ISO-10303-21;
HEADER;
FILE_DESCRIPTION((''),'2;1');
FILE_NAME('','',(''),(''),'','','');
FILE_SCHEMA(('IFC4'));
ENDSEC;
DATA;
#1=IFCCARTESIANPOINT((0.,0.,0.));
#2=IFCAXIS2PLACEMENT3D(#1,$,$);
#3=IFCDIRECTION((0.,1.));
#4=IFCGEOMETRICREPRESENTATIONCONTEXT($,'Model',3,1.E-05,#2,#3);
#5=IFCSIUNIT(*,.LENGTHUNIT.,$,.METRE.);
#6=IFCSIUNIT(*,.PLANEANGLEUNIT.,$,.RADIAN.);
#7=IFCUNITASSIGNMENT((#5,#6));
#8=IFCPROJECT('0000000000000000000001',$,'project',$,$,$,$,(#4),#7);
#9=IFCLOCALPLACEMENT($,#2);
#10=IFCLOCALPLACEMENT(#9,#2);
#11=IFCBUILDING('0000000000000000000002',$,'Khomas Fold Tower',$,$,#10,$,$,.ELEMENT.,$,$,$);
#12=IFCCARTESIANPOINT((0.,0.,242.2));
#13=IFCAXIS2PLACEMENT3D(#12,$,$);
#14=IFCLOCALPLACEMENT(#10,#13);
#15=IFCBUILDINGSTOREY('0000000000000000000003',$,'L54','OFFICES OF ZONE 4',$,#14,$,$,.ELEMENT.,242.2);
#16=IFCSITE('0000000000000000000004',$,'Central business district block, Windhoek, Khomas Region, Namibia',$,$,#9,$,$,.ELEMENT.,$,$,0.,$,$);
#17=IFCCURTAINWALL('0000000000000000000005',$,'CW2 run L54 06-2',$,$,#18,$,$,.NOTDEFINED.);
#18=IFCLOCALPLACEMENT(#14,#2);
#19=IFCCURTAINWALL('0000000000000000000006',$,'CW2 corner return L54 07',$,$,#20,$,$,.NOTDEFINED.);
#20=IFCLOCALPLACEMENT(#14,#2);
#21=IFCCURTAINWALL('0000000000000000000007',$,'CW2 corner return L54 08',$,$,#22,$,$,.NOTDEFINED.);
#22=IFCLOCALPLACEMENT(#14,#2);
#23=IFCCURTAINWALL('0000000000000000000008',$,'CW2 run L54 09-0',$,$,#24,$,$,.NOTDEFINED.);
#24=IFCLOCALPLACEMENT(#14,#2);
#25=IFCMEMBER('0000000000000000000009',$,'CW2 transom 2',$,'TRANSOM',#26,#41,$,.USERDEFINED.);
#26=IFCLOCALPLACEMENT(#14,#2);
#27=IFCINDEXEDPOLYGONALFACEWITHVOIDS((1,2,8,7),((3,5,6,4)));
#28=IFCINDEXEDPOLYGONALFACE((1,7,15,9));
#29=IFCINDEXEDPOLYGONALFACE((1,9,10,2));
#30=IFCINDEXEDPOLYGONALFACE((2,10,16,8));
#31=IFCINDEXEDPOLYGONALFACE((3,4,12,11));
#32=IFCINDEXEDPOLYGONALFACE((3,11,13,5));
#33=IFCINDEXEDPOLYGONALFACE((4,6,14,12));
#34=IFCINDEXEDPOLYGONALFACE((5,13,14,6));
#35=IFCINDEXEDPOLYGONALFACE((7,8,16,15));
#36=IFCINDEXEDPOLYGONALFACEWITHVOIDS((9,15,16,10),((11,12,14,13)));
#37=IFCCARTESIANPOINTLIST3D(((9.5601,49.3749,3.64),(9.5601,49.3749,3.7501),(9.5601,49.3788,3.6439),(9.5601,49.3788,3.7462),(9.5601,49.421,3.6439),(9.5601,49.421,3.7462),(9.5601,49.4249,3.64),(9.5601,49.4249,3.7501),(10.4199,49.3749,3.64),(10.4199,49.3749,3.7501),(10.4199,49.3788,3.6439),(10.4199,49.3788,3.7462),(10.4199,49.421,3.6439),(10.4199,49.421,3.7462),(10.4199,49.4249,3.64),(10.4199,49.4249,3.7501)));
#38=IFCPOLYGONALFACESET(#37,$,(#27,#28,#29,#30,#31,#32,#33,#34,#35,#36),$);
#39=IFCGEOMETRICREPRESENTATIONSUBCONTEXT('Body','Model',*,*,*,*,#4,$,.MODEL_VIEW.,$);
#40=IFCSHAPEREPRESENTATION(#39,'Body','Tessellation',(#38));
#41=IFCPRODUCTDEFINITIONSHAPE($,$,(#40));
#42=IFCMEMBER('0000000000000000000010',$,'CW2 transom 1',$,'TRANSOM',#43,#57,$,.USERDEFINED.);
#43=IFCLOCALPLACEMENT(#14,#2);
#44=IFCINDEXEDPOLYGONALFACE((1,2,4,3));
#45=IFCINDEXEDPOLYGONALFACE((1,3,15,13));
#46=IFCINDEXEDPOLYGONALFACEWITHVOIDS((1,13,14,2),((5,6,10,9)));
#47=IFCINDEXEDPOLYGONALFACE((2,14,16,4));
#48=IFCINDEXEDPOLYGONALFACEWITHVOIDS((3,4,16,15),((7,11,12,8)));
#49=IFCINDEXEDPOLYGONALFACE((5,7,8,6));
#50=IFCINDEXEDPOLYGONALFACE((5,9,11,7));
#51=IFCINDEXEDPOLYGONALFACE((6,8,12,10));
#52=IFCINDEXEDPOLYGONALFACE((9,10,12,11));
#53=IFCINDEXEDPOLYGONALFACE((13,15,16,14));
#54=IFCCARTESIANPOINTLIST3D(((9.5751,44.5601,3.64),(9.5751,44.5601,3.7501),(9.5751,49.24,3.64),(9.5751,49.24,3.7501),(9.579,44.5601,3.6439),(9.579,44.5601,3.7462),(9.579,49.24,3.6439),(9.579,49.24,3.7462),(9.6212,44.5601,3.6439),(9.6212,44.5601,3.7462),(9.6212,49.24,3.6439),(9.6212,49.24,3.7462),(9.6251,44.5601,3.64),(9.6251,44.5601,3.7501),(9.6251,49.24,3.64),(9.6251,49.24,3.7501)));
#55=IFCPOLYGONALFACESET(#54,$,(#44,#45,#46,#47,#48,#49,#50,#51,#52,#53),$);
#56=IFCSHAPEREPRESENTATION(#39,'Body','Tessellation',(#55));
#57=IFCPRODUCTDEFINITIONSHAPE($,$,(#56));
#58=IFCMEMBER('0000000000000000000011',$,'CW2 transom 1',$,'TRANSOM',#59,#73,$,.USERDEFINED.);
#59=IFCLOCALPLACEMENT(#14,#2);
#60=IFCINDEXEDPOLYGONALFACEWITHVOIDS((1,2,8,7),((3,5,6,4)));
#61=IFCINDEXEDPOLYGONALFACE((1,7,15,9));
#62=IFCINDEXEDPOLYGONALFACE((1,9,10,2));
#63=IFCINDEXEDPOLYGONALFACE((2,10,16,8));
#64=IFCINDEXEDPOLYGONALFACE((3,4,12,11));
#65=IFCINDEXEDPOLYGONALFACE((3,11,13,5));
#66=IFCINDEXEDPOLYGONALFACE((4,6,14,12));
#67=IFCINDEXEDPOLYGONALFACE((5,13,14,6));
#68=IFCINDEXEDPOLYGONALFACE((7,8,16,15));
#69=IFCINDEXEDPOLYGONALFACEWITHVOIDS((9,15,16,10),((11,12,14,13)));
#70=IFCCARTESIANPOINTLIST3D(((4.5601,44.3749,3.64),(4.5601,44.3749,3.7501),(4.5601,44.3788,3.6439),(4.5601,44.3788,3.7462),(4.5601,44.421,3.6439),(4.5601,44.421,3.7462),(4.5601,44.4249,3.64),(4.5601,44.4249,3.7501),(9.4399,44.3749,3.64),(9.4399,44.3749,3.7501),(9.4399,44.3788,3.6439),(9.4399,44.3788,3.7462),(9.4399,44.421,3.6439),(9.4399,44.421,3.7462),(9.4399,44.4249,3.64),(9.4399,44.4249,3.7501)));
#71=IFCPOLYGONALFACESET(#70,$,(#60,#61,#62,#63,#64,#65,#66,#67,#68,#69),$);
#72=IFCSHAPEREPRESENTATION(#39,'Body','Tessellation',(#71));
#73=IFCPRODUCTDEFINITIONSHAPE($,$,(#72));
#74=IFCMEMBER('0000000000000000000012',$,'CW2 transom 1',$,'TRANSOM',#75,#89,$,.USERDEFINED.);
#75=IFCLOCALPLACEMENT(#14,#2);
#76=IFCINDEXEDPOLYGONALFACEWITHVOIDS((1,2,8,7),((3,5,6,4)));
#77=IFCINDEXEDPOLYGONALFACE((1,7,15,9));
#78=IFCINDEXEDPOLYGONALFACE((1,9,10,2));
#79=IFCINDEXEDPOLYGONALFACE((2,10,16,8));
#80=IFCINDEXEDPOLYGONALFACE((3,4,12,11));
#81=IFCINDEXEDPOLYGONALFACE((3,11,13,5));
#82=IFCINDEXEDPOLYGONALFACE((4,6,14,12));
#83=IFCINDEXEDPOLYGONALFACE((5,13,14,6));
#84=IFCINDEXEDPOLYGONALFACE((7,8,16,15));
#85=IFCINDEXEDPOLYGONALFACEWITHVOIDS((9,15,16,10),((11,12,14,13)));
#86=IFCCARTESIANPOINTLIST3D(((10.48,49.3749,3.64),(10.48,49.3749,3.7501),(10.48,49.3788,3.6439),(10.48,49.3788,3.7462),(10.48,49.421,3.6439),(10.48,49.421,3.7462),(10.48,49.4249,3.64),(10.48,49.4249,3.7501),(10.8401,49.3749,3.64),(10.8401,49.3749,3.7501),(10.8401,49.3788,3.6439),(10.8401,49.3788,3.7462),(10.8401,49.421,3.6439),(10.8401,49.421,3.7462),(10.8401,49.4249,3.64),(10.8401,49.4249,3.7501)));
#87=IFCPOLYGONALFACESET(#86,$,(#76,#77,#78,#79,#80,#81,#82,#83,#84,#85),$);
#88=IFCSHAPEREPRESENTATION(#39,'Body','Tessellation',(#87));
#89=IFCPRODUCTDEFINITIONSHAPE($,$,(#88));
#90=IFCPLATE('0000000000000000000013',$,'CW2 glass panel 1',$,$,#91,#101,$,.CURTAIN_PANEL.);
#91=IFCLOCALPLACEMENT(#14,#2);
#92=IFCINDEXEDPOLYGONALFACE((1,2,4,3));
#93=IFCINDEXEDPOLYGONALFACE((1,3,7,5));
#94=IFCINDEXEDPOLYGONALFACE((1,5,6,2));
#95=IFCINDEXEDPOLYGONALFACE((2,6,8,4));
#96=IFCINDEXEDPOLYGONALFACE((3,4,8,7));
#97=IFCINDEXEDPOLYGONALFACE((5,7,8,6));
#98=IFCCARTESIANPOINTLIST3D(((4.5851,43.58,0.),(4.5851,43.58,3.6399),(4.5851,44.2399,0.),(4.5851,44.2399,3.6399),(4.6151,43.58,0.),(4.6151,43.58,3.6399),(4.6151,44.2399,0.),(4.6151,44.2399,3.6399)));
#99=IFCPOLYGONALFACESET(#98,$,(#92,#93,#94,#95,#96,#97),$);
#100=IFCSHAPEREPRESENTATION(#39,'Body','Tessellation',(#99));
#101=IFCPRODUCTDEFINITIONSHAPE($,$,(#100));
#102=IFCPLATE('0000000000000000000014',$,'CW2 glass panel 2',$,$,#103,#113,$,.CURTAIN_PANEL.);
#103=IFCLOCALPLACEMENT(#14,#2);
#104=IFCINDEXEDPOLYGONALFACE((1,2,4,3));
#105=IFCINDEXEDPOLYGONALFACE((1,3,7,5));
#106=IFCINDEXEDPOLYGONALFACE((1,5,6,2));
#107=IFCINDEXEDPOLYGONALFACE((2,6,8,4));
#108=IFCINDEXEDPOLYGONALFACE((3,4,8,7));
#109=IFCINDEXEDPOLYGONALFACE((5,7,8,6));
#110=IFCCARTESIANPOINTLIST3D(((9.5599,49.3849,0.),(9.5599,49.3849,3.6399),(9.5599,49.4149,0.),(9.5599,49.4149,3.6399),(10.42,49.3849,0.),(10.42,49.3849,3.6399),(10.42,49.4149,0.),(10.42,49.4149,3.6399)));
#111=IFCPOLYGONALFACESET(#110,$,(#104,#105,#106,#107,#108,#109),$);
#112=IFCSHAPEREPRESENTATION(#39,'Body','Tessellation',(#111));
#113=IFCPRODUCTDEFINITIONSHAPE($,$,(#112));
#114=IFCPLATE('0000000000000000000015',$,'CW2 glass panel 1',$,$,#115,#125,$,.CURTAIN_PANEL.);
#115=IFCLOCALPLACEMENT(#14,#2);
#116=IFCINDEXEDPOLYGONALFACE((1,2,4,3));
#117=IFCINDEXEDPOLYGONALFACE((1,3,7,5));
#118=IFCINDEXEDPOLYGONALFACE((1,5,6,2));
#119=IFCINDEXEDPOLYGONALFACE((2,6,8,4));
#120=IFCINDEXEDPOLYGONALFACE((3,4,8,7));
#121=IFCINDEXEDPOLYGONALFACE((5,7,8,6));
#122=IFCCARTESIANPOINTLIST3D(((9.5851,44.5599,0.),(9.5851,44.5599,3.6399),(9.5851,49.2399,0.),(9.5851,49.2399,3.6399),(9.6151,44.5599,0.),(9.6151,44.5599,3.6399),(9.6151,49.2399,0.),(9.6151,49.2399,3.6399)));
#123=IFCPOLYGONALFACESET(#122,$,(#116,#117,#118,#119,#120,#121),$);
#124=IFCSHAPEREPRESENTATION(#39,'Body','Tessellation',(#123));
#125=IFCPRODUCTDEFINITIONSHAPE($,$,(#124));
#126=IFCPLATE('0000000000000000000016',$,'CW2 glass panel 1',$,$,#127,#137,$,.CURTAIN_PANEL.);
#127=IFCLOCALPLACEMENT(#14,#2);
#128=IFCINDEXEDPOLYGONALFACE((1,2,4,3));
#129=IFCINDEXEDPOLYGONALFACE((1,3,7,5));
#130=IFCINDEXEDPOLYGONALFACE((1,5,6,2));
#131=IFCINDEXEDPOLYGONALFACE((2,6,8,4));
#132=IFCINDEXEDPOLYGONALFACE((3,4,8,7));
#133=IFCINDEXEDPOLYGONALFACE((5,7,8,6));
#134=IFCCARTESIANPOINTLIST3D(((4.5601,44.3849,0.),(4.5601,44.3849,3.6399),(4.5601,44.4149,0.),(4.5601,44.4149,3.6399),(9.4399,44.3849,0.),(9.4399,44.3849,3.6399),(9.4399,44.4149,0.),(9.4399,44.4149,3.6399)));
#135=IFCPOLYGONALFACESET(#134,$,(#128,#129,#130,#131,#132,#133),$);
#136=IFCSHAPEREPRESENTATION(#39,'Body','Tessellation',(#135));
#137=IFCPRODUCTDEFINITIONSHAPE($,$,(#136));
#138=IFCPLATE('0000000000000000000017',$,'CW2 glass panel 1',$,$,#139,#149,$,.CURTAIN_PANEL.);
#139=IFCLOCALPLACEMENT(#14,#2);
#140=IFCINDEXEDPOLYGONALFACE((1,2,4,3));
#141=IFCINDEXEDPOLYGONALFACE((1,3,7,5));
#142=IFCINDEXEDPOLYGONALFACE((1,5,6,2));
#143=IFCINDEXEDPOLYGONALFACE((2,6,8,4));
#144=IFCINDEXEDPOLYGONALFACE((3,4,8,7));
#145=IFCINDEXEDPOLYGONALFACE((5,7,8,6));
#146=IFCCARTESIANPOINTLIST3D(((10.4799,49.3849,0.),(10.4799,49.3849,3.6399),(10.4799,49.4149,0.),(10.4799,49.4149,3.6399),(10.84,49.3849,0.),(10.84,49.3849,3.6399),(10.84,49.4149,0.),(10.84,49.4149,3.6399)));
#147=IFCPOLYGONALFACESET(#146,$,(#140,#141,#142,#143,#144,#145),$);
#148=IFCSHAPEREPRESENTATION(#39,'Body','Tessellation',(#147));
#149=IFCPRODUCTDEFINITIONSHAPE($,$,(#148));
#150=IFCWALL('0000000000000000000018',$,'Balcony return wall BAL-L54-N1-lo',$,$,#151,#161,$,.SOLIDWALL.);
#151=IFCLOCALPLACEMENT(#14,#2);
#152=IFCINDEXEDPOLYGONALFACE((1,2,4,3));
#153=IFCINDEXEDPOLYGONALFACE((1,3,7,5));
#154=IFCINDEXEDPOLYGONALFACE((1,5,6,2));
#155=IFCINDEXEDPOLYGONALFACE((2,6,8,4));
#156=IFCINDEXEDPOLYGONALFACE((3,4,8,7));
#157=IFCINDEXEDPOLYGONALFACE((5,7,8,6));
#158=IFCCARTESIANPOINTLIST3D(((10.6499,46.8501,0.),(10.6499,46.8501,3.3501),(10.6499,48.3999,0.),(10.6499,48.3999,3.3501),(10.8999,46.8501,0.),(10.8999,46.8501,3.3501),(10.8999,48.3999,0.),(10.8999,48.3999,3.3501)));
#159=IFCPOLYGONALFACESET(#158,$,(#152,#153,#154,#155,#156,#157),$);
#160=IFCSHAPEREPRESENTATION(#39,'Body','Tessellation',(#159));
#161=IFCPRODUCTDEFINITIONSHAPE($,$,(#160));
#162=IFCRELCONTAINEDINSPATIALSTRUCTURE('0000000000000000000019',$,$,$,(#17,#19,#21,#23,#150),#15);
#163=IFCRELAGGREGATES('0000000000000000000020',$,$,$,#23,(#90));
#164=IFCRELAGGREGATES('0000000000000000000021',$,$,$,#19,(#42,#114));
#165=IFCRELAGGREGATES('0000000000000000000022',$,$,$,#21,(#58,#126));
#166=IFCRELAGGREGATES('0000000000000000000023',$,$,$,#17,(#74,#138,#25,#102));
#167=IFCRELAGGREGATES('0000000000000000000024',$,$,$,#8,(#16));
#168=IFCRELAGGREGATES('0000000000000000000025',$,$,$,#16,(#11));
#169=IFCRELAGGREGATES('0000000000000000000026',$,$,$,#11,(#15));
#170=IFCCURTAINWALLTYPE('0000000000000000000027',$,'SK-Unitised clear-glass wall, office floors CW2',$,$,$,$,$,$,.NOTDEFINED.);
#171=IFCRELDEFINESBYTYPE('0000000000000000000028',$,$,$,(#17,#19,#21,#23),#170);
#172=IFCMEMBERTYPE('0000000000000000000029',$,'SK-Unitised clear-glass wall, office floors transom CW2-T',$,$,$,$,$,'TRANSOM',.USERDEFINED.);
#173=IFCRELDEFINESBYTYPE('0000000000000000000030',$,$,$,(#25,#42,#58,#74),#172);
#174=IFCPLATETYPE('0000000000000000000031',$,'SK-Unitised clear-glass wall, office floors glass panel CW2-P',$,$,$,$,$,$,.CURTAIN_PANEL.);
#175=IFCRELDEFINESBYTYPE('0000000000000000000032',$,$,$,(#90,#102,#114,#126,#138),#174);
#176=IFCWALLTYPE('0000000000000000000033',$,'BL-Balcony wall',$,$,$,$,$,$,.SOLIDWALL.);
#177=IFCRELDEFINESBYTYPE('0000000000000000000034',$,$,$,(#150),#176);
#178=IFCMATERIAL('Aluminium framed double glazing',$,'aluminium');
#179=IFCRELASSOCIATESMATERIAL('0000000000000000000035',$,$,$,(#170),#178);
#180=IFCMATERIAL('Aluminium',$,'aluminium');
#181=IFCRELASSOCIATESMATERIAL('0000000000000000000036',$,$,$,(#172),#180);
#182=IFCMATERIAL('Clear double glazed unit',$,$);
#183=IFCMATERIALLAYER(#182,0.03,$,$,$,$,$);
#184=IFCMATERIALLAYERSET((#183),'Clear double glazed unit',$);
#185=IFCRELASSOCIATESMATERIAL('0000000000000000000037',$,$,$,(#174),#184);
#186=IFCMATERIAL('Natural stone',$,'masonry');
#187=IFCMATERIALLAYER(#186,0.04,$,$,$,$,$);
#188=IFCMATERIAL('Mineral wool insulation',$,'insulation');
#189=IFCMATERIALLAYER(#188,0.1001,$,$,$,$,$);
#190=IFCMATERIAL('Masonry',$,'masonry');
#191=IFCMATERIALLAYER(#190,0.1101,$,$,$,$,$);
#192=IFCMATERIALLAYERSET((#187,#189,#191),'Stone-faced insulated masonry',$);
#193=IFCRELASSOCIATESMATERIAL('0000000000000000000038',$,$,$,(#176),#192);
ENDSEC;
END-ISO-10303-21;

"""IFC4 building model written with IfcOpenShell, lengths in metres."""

from ifc_helpers import new_model, si_unit, direction, frame, frame_2d, origin, origin_2d, place, context, subcontext, project, spatial, rectangle, hollow_rectangle, extrude, source, transform, mapped, material, layer, layer_set, material_profile, profile_set, type_object, element, aggregate, save


model = new_model("IFC4")

# Units and contexts
model_context = context("Model", 3, precision=1e-05, world=origin(), true_north=direction((0.0, 1.0)))
body_context = subcontext(model_context, "Body", "Model", "MODEL_VIEW")
ifc_project = project(units=[si_unit("LENGTHUNIT", "METRE"), si_unit("PLANEANGLEUNIT", "RADIAN")], contexts=[model_context])

# Site, building, storey
site_placement = place(None, origin())
site = spatial("IfcSite", under=ifc_project, at=site_placement, Name="Central business district block, Windhoek, Khomas Region, Namibia", CompositionType="ELEMENT", RefElevation=0.0)
building_placement = place(site_placement, origin())
building = spatial("IfcBuilding", under=site, at=building_placement, Name="Khomas Fold Tower", CompositionType="ELEMENT")
storey_placement = place(building_placement, frame((0.0, 0.0, 242.2)))
storey = spatial("IfcBuildingStorey", under=building, at=storey_placement, Name="L54", Description="OFFICES OF ZONE 4", CompositionType="ELEMENT", Elevation=242.2)

# Curtain walls
ifc_material_1 = material(Name="Aluminium framed double glazing", Category="aluminium")
curtain_wall_type = type_object("IfcCurtainWallType", Name="SK-Unitised clear-glass wall, office floors CW2", PredefinedType="NOTDEFINED", material=ifc_material_1)
curtain_wall_1_placement = place(storey_placement, origin())
curtain_wall_1 = element("IfcCurtainWall", 1, at=curtain_wall_1_placement, inside=storey, type_object=curtain_wall_type, Name="CW2 run L54 06-2", PredefinedType="NOTDEFINED")
curtain_wall_2_placement = place(storey_placement, origin())
curtain_wall_2 = element("IfcCurtainWall", 2, at=curtain_wall_2_placement, inside=storey, type_object=curtain_wall_type, Name="CW2 corner return L54 07", PredefinedType="NOTDEFINED")
curtain_wall_3_placement = place(storey_placement, origin())
curtain_wall_3 = element("IfcCurtainWall", 3, at=curtain_wall_3_placement, inside=storey, type_object=curtain_wall_type, Name="CW2 corner return L54 08", PredefinedType="NOTDEFINED")

# Curtain wall
curtain_wall_4_placement = place(storey_placement, origin())
curtain_wall_4 = element("IfcCurtainWall", 4, at=curtain_wall_4_placement, inside=storey, type_object=curtain_wall_type, Name="CW2 run L54 09-0", PredefinedType="NOTDEFINED")
ifc_material_2 = material(Name="Aluminium", Category="aluminium")
ifc_material_profile_1 = material_profile(ifc_material_2, hollow_rectangle(XDim=0.05, YDim=0.1101, WallThickness=0.0039, at=origin_2d()), Name="SK-Unitised clear-glass wall, office floors transom CW2-T")
ifc_profile_set_1 = profile_set([ifc_material_profile_1], Name="Aluminium")
member_type_1 = type_object("IfcMemberType", Name="SK-Unitised clear-glass wall, office floors transom CW2-T", ElementType="TRANSOM", PredefinedType="USERDEFINED", material=ifc_profile_set_1)

# Members
shared_shape_1 = source(origin(), body_context, "Body", "SweptSolid", [
    extrude(hollow_rectangle(XDim=0.05, YDim=0.1101, WallThickness=0.0039, at=origin_2d()), origin(), (0.0, 0.0, 1.0), 0.8599),
])
member_1_placement = place(storey_placement, frame((10.4199, 49.3999, 3.6951), z_axis=(-1.0, 0.0, 0.0), x_axis=(0.0, -1.0, 0.0)))
member_1 = element("IfcMember", 5, at=member_1_placement, type_object=member_type_1, Name="CW2 transom 2", ObjectType="TRANSOM", PredefinedType="USERDEFINED", context=body_context, shape_type="MappedRepresentation", body=[
    mapped(shared_shape_1, transform((0.0, 0.0, 0.0))),
])
shared_shape_2 = source(origin(), body_context, "Body", "SweptSolid", [
    extrude(hollow_rectangle(XDim=0.05, YDim=0.1101, WallThickness=0.0039, at=origin_2d()), origin(), (0.0, 0.0, 1.0), 4.6799),
])
member_2_placement = place(storey_placement, frame((9.6001, 49.24, 3.6951), z_axis=(0.0, -1.0, 0.0), x_axis=(1.0, 0.0, 0.0)))
member_2 = element("IfcMember", 6, at=member_2_placement, type_object=member_type_1, Name="CW2 transom 1", ObjectType="TRANSOM", PredefinedType="USERDEFINED", context=body_context, shape_type="MappedRepresentation", body=[
    mapped(shared_shape_2, transform((0.0, 0.0, 0.0))),
])
shared_shape_3 = source(origin(), body_context, "Body", "SweptSolid", [
    extrude(hollow_rectangle(XDim=0.05, YDim=0.1101, WallThickness=0.0039, at=origin_2d()), origin(), (0.0, 0.0, 1.0), 4.8799),
])
member_3_placement = place(storey_placement, frame((9.4399, 44.3999, 3.6951), z_axis=(-1.0, 0.0, 0.0), x_axis=(0.0, -1.0, 0.0)))
member_3 = element("IfcMember", 7, at=member_3_placement, type_object=member_type_1, Name="CW2 transom 1", ObjectType="TRANSOM", PredefinedType="USERDEFINED", context=body_context, shape_type="MappedRepresentation", body=[
    mapped(shared_shape_3, transform((0.0, 0.0, 0.0))),
])
shared_shape_4 = source(origin(), body_context, "Body", "SweptSolid", [
    extrude(hollow_rectangle(XDim=0.05, YDim=0.1101, WallThickness=0.0039, at=origin_2d()), origin(), (0.0, 0.0, 1.0), 0.3601),
])
member_4_placement = place(storey_placement, frame((10.8401, 49.3999, 3.6951), z_axis=(-1.0, 0.0, 0.0), x_axis=(0.0, -1.0, 0.0)))
member_4 = element("IfcMember", 8, at=member_4_placement, type_object=member_type_1, Name="CW2 transom 1", ObjectType="TRANSOM", PredefinedType="USERDEFINED", context=body_context, shape_type="MappedRepresentation", body=[
    mapped(shared_shape_4, transform((0.0, 0.0, 0.0))),
])

# Plates
ifc_material_3 = material(Name="Clear double glazed unit")
ifc_layer_1 = layer(ifc_material_3, 0.03)
ifc_layer_set_1 = layer_set([ifc_layer_1], Name="Clear double glazed unit")
plate_type = type_object("IfcPlateType", Name="SK-Unitised clear-glass wall, office floors glass panel CW2-P", PredefinedType="CURTAIN_PANEL", material=ifc_layer_set_1)
shared_shape_5 = source(origin(), body_context, "Body", "SweptSolid", [
    extrude(rectangle(XDim=0.6599, YDim=0.03, at=origin_2d()), origin(), (0.0, 0.0, 1.0), 3.6399),
])
plate_1_placement = place(storey_placement, frame((4.6001, 43.9099, 0.0), z_axis=(0.0, 0.0, 1.0), x_axis=(0.0, -1.0, 0.0)))
plate_1 = element("IfcPlate", 9, at=plate_1_placement, type_object=plate_type, Name="CW2 glass panel 1", PredefinedType="CURTAIN_PANEL", context=body_context, shape_type="MappedRepresentation", body=[
    mapped(shared_shape_5, transform((0.0, 0.0, 0.0))),
])
aggregate(curtain_wall_4, [plate_1])
shared_shape_6 = source(origin(), body_context, "Body", "SweptSolid", [
    extrude(rectangle(XDim=0.8601, YDim=0.03, at=origin_2d()), origin(), (0.0, 0.0, 1.0), 3.6399),
])
plate_2_placement = place(storey_placement, frame((9.99, 49.3999, 0.0), z_axis=(0.0, 0.0, 1.0), x_axis=(-1.0, 0.0, 0.0)))
plate_2 = element("IfcPlate", 10, at=plate_2_placement, type_object=plate_type, Name="CW2 glass panel 2", PredefinedType="CURTAIN_PANEL", context=body_context, shape_type="MappedRepresentation", body=[
    mapped(shared_shape_6, transform((0.0, 0.0, 0.0))),
])
shared_shape_7 = source(origin(), body_context, "Body", "SweptSolid", [
    extrude(rectangle(XDim=4.6799, YDim=0.03, at=origin_2d()), origin(), (0.0, 0.0, 1.0), 3.6399),
])
plate_3_placement = place(storey_placement, frame((9.6001, 46.8999, 0.0), z_axis=(0.0, 0.0, 1.0), x_axis=(0.0, -1.0, 0.0)))
plate_3 = element("IfcPlate", 11, at=plate_3_placement, type_object=plate_type, Name="CW2 glass panel 1", PredefinedType="CURTAIN_PANEL", context=body_context, shape_type="MappedRepresentation", body=[
    mapped(shared_shape_7, transform((0.0, 0.0, 0.0))),
])
aggregate(curtain_wall_2, [member_2, plate_3])
shared_shape_8 = source(origin(), body_context, "Body", "SweptSolid", [
    extrude(rectangle(XDim=4.8799, YDim=0.03, at=origin_2d()), origin(), (0.0, 0.0, 1.0), 3.6399),
])
plate_4_placement = place(storey_placement, frame((7.0, 44.3999, 0.0), z_axis=(0.0, 0.0, 1.0), x_axis=(-1.0, 0.0, 0.0)))
plate_4 = element("IfcPlate", 12, at=plate_4_placement, type_object=plate_type, Name="CW2 glass panel 1", PredefinedType="CURTAIN_PANEL", context=body_context, shape_type="MappedRepresentation", body=[
    mapped(shared_shape_8, transform((0.0, 0.0, 0.0))),
])
aggregate(curtain_wall_3, [member_3, plate_4])
shared_shape_9 = source(origin(), body_context, "Body", "SweptSolid", [
    extrude(rectangle(XDim=0.3601, YDim=0.03, at=origin_2d()), origin(), (0.0, 0.0, 1.0), 3.6399),
])
plate_5_placement = place(storey_placement, frame((10.6599, 49.3999, 0.0), z_axis=(0.0, 0.0, 1.0), x_axis=(-1.0, 0.0, 0.0)))
plate_5 = element("IfcPlate", 13, at=plate_5_placement, type_object=plate_type, Name="CW2 glass panel 1", PredefinedType="CURTAIN_PANEL", context=body_context, shape_type="MappedRepresentation", body=[
    mapped(shared_shape_9, transform((0.0, 0.0, 0.0))),
])
aggregate(curtain_wall_1, [member_4, plate_5, member_1, plate_2])

# Wall
ifc_material_4 = material(Name="Natural stone", Category="masonry")
ifc_layer_2 = layer(ifc_material_4, 0.04)
ifc_material_5 = material(Name="Mineral wool insulation", Category="insulation")
ifc_layer_3 = layer(ifc_material_5, 0.1001)
ifc_material_6 = material(Name="Masonry", Category="masonry")
ifc_layer_4 = layer(ifc_material_6, 0.1101)
ifc_layer_set_2 = layer_set([ifc_layer_2, ifc_layer_3, ifc_layer_4], Name="Stone-faced insulated masonry")
wall_type = type_object("IfcWallType", Name="BL-Balcony wall", PredefinedType="SOLIDWALL", material=ifc_layer_set_2)
shared_shape_10 = source(origin(), body_context, "Body", "SweptSolid", [
    extrude(rectangle(XDim=1.5498, YDim=0.25, at=frame_2d((0.7749, 0.0))), origin(), (0.0, 0.0, 1.0), 3.3501),
])
wall_placement = place(storey_placement, frame((10.7749, 48.3999, 0.0), z_axis=(0.0, 0.0, 1.0), x_axis=(0.0, -1.0, 0.0)))
element("IfcWall", 14, at=wall_placement, inside=storey, type_object=wall_type, Name="Balcony return wall BAL-L54-N1-lo", PredefinedType="SOLIDWALL", context=body_context, shape_type="MappedRepresentation", body=[
    mapped(shared_shape_10, transform((0.0, 0.0, 0.0))),
])

save(model, "model.ifc")
